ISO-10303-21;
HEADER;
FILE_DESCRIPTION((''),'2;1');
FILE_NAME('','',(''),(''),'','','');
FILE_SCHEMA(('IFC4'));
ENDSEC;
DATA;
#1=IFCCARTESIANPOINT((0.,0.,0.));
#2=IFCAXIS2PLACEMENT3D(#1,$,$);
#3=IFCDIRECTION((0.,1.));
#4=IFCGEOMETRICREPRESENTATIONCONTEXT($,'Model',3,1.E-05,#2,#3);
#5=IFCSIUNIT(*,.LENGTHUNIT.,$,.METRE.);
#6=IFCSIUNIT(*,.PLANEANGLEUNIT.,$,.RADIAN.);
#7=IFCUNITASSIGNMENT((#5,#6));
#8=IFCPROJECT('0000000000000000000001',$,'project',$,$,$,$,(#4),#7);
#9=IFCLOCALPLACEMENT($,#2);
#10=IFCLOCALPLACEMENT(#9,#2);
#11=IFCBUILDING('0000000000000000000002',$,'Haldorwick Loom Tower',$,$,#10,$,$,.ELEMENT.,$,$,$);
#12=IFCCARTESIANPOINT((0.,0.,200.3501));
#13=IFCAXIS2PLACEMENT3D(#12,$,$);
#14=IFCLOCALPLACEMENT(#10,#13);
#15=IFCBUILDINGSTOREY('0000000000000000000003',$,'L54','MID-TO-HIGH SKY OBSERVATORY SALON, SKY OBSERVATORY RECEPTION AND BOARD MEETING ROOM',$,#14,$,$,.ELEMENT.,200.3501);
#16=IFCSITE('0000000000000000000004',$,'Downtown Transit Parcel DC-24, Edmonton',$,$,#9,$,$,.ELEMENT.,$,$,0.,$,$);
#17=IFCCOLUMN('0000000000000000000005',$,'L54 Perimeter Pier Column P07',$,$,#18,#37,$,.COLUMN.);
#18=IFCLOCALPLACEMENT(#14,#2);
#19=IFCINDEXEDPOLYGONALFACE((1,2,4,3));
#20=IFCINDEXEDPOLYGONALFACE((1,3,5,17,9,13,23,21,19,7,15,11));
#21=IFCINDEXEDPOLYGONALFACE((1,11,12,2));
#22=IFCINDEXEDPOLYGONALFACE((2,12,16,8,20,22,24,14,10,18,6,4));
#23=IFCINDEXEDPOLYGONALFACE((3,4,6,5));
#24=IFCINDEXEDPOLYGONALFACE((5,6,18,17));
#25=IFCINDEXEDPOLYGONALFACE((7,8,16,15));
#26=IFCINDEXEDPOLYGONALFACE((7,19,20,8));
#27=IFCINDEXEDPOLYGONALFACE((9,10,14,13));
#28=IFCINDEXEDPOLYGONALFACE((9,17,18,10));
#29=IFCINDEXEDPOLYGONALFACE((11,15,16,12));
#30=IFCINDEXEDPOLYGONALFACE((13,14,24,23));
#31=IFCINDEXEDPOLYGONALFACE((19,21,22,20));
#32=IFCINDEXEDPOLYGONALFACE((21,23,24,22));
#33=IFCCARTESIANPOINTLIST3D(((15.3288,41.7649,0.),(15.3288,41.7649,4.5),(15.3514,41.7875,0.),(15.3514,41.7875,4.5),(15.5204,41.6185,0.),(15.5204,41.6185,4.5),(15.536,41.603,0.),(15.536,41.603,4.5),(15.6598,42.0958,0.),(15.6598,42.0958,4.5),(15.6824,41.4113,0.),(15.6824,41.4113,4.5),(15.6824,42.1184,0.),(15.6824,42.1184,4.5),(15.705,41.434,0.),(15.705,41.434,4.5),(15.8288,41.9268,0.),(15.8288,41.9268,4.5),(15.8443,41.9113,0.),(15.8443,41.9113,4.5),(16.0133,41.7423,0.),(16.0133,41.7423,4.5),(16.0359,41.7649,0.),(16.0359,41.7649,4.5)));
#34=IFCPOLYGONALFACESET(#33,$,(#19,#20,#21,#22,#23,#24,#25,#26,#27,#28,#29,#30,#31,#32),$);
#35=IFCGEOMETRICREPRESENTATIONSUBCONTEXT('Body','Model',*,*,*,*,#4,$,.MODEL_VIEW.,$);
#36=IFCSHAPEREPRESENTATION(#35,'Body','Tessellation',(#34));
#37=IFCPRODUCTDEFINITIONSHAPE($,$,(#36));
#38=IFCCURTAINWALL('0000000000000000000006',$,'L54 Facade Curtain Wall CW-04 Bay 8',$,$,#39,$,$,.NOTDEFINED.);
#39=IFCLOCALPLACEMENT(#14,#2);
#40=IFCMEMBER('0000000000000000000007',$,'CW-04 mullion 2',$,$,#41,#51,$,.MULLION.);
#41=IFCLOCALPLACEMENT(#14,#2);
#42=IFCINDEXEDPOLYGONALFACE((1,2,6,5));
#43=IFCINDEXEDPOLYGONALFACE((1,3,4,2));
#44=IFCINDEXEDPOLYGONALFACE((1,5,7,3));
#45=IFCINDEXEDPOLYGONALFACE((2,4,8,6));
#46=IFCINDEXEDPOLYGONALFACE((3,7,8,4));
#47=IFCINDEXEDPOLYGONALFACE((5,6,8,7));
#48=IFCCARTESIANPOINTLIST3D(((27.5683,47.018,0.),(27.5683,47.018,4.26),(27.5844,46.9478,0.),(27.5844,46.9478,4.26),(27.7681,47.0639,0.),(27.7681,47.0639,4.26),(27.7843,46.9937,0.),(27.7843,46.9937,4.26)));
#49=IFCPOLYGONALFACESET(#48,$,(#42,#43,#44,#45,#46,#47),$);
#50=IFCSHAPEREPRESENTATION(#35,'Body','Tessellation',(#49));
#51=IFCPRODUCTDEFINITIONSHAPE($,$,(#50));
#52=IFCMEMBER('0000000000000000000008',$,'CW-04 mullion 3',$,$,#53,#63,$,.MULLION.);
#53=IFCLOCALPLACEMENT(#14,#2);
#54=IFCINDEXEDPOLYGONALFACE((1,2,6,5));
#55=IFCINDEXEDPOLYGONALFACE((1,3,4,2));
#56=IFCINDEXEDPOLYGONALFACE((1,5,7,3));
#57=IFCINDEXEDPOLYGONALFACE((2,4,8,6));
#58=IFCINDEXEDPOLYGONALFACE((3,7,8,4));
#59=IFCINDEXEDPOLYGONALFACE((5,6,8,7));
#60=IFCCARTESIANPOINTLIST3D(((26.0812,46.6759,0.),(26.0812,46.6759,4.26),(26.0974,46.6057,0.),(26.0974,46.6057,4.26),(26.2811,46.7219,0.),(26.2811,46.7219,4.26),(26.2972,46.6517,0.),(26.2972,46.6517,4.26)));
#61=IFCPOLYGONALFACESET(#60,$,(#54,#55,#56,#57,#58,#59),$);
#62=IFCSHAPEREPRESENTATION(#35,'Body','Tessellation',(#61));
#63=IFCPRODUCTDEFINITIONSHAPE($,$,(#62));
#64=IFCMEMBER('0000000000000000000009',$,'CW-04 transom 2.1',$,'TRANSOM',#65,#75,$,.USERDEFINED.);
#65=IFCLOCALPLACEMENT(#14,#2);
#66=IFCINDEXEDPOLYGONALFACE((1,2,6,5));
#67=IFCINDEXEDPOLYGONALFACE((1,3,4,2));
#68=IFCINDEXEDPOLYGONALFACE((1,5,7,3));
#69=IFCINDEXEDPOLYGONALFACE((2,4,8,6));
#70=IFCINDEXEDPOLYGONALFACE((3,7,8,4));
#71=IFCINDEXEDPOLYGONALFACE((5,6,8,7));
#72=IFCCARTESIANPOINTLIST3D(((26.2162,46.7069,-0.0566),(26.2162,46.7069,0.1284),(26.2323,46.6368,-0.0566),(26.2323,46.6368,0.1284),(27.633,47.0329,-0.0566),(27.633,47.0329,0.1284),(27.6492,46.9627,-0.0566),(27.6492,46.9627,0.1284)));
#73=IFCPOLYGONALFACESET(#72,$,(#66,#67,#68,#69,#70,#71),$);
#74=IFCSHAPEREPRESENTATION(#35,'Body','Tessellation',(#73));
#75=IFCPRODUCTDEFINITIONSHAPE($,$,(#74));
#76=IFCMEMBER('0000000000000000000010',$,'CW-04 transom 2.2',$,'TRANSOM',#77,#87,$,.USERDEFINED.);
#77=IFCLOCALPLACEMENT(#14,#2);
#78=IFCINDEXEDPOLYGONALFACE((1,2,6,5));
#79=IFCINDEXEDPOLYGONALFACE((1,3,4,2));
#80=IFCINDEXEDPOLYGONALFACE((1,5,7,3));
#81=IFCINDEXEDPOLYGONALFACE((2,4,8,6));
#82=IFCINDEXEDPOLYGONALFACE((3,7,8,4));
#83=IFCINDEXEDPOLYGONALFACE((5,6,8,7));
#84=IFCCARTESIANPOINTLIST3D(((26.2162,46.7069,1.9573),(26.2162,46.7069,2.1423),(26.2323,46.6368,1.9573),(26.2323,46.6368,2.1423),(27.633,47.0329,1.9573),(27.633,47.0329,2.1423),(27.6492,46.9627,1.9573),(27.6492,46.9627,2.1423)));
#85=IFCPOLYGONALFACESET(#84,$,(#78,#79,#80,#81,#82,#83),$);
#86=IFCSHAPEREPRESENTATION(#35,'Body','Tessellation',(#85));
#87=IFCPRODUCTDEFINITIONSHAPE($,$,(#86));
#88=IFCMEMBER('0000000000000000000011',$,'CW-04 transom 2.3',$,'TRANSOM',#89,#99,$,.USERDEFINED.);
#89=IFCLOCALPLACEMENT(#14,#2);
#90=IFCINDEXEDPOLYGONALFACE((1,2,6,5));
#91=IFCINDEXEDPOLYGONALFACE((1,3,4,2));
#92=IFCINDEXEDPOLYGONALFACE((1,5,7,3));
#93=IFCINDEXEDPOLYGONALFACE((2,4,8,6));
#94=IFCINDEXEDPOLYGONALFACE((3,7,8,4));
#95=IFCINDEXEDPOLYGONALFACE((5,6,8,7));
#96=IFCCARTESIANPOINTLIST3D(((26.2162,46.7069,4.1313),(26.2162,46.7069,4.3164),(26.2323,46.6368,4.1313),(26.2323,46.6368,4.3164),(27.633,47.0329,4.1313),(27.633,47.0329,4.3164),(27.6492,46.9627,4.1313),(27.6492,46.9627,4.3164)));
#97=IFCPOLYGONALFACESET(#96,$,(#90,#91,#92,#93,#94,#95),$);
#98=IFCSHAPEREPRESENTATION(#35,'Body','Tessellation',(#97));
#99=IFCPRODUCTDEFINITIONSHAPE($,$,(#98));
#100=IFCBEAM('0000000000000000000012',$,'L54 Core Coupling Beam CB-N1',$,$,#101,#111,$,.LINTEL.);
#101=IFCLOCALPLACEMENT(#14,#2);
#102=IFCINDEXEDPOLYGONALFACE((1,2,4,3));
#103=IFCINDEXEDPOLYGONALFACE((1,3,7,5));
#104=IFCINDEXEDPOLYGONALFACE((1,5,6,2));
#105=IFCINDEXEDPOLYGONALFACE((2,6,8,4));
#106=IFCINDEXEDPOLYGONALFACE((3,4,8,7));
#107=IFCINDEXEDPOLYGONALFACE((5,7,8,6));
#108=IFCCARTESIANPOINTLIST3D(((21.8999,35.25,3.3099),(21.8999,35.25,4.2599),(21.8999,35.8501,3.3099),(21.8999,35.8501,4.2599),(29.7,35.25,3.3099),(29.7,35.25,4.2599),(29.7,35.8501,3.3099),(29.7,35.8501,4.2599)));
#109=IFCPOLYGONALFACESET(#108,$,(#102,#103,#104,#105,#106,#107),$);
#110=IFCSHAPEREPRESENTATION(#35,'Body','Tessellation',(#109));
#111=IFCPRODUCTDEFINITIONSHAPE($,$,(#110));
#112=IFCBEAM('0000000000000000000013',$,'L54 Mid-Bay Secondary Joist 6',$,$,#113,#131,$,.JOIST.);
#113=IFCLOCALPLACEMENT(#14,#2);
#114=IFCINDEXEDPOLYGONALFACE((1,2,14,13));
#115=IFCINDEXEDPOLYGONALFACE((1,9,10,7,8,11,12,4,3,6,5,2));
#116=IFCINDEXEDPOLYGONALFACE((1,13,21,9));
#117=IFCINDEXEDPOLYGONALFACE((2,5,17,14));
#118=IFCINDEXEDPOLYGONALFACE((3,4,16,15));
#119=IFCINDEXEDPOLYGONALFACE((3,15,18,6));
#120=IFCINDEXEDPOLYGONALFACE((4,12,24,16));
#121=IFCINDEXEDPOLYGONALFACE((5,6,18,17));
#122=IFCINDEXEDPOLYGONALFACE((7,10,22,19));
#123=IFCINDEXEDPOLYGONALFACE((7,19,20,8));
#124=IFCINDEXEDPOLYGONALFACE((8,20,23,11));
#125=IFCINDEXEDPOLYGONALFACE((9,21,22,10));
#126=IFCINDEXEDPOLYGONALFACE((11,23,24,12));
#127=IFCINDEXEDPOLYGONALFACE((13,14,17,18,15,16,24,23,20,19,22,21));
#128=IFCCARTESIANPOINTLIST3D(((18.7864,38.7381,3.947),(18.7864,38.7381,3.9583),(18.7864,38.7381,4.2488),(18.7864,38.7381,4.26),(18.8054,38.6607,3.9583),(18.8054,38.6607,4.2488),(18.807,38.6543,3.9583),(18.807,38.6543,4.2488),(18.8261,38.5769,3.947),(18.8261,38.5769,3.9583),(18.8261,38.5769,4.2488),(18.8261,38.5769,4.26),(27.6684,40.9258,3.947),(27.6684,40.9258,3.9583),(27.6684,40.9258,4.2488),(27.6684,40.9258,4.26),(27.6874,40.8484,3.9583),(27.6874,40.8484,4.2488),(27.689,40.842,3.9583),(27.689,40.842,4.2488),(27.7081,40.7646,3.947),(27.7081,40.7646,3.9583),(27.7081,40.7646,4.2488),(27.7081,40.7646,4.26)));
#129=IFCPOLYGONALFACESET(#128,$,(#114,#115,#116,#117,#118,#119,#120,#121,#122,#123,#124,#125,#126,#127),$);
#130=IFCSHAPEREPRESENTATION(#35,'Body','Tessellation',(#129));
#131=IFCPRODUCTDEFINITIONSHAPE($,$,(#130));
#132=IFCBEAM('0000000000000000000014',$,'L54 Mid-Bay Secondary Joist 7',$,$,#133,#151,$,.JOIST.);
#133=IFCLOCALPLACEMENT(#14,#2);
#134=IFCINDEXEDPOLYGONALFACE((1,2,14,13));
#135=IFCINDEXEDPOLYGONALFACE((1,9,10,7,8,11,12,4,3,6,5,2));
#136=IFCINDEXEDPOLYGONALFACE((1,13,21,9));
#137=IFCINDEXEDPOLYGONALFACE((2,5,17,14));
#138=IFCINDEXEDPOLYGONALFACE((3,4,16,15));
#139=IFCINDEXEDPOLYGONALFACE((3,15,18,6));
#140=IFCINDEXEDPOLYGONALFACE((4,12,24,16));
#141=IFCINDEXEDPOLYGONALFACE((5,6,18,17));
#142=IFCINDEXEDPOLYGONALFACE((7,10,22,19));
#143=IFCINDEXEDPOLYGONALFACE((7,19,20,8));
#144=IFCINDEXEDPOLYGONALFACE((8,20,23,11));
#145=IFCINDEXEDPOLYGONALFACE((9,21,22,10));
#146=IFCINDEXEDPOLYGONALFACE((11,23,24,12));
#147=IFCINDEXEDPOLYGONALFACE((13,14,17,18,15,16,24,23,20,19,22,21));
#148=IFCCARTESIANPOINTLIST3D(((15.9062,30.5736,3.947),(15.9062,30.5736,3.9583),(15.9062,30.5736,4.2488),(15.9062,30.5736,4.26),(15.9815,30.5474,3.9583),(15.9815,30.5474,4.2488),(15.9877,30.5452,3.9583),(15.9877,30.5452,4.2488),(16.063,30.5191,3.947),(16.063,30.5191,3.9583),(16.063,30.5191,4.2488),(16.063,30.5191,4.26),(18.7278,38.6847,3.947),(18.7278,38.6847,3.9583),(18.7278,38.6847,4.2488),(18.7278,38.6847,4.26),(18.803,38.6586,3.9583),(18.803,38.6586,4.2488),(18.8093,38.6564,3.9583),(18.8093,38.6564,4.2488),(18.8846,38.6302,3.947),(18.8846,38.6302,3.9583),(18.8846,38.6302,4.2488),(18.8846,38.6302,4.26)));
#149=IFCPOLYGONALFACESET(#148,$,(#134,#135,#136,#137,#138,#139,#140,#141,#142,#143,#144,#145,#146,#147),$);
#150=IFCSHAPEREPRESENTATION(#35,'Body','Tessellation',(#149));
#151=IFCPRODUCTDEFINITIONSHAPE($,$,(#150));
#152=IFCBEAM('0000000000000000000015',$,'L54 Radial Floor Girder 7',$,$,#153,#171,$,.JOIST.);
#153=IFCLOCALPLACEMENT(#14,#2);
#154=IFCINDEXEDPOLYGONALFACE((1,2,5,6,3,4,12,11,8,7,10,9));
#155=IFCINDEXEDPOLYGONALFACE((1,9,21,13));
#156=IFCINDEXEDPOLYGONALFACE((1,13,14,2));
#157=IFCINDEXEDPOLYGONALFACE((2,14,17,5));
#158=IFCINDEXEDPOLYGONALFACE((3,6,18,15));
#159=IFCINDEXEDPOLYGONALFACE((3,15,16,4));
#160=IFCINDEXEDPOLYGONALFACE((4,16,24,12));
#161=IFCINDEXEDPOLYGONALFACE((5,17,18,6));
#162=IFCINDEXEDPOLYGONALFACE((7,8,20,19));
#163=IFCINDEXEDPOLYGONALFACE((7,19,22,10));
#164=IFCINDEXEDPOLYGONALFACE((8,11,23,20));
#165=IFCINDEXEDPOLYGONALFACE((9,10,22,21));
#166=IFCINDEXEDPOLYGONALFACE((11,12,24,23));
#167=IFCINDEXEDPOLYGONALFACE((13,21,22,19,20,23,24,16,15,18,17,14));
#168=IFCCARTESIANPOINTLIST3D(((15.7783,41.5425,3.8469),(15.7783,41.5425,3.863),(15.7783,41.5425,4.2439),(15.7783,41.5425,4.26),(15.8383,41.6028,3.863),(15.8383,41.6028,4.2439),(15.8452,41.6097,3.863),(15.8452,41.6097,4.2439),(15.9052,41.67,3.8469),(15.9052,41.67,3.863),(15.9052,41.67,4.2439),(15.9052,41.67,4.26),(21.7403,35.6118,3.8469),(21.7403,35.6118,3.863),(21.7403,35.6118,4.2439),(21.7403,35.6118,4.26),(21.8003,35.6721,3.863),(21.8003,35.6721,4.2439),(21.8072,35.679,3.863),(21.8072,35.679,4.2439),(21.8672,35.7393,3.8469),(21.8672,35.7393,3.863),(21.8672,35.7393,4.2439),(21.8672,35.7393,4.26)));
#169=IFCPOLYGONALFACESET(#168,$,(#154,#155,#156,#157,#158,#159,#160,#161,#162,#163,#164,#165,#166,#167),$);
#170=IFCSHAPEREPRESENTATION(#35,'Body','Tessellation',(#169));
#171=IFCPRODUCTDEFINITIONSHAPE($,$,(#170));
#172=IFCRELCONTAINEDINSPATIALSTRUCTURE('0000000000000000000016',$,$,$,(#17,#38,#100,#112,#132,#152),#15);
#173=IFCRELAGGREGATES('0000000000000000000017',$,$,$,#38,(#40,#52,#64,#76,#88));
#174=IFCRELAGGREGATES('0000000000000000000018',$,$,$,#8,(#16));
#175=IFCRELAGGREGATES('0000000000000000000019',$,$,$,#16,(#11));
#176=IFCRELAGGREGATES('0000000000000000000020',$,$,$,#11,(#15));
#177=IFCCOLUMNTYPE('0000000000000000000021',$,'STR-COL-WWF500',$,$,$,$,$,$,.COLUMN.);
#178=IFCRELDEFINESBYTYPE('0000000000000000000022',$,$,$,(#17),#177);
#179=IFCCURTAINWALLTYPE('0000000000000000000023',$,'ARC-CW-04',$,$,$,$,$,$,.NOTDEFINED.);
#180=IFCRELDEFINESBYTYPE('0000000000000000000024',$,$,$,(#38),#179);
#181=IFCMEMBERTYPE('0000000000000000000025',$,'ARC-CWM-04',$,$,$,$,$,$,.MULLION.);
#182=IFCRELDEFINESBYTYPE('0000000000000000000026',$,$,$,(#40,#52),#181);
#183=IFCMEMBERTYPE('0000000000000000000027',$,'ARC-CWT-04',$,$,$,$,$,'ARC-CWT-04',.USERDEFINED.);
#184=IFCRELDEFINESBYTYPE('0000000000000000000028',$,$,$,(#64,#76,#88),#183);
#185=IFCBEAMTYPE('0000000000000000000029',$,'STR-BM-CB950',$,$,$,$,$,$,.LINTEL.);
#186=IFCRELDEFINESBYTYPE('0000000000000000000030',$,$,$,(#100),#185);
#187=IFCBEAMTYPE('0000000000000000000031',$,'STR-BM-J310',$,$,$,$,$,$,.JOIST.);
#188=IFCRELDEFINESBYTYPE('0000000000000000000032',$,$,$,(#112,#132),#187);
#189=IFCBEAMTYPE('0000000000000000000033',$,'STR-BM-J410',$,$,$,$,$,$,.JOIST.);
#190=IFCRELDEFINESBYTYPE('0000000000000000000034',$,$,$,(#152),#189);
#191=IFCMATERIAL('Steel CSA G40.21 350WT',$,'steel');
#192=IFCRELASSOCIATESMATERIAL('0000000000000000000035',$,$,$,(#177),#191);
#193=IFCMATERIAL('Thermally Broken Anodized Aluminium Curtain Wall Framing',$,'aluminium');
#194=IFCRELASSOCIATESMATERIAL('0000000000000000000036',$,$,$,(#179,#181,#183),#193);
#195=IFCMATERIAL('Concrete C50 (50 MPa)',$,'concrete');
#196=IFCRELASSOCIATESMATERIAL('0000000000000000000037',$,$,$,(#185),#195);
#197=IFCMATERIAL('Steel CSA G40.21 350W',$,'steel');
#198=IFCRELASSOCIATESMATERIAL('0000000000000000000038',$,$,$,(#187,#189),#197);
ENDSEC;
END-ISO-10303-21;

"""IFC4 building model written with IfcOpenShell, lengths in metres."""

from ifc_helpers import new_model, si_unit, direction, frame, origin, origin_2d, place, context, subcontext, project, spatial, rectangle, i_section, extrude, material, material_profile, profile_set, type_object, element, aggregate, save


model = new_model("IFC4")

# Units and contexts
model_context = context("Model", 3, precision=1e-05, world=origin(), true_north=direction((0.0, 1.0)))
body_context = subcontext(model_context, "Body", "Model", "MODEL_VIEW")
ifc_project = project(units=[si_unit("LENGTHUNIT", "METRE"), si_unit("PLANEANGLEUNIT", "RADIAN")], contexts=[model_context])

# Site, building, storey
site_placement = place(None, origin())
site = spatial("IfcSite", under=ifc_project, at=site_placement, Name="Downtown Transit Parcel DC-24, Edmonton", CompositionType="ELEMENT", RefElevation=0.0)
building_placement = place(site_placement, origin())
building = spatial("IfcBuilding", under=site, at=building_placement, Name="Haldorwick Loom Tower", CompositionType="ELEMENT")
storey_placement = place(building_placement, frame((0.0, 0.0, 200.3501)))
storey = spatial("IfcBuildingStorey", under=building, at=storey_placement, Name="L54", Description="MID-TO-HIGH SKY OBSERVATORY SALON, SKY OBSERVATORY RECEPTION AND BOARD MEETING ROOM", CompositionType="ELEMENT", Elevation=200.3501)

# Column
ifc_material_1 = material(Name="Steel CSA G40.21 350W", Category="steel")
ifc_material_2 = material(Name="Steel CSA G40.21 350WT", Category="steel")
ifc_material_profile_1 = material_profile(ifc_material_2, i_section(OverallWidth=0.5, OverallDepth=0.5, WebThickness=0.022, FlangeThickness=0.032, at=origin_2d()), Name="WWF500X500", Category="steel")
ifc_profile_set_1 = profile_set([ifc_material_profile_1], Name="Steel CSA G40.21 350WT")
column_type_1 = type_object("IfcColumnType", Name="STR-COL-WWF500", PredefinedType="COLUMN", material=ifc_profile_set_1)
column_placement = place(storey_placement, frame((15.6824, 41.7649, 0.0), z_axis=(0.0, 0.0, 1.0), x_axis=(-0.707107, 0.707107, 0.0)))
element("IfcColumn", 1, at=column_placement, inside=storey, type_object=column_type_1, Name="L54 Perimeter Pier Column P07", PredefinedType="COLUMN", context=body_context, shape_type="SweptSolid", body=[
    extrude(i_section(OverallWidth=0.5, OverallDepth=0.5, WebThickness=0.022, FlangeThickness=0.032, at=origin_2d()), origin(), (0.0, 0.0, 1.0), 4.5),
])

# Curtain wall, members
ifc_material_3 = material(Name="Thermally Broken Anodized Aluminium Curtain Wall Framing", Category="aluminium")
curtain_wall_type = type_object("IfcCurtainWallType", Name="ARC-CW-04", PredefinedType="NOTDEFINED", material=ifc_material_3)
curtain_wall_placement = place(storey_placement, origin())
curtain_wall = element("IfcCurtainWall", 2, at=curtain_wall_placement, inside=storey, type_object=curtain_wall_type, Name="L54 Facade Curtain Wall CW-04 Bay 8", PredefinedType="NOTDEFINED")
ifc_material_profile_2 = material_profile(ifc_material_3, rectangle(XDim=0.072, YDim=0.2051, at=origin_2d()), Name="ALU_MUL_72X205", Category="aluminium")
ifc_profile_set_2 = profile_set([ifc_material_profile_2], Name="Thermally Broken Anodized Aluminium Curtain Wall Framing")
member_type_1 = type_object("IfcMemberType", Name="ARC-CWM-04", PredefinedType="MULLION", material=ifc_profile_set_2)
member_1_placement = place(storey_placement, frame((27.6763, 47.0059, 0.0), z_axis=(0.0, 0.0, 1.0), x_axis=(0.224142, -0.974557, 0.0)))
member_1 = element("IfcMember", 3, at=member_1_placement, type_object=member_type_1, Name="CW-04 mullion 2", PredefinedType="MULLION", context=body_context, shape_type="SweptSolid", body=[
    extrude(rectangle(XDim=0.072, YDim=0.2051, at=origin_2d()), origin(), (0.0, 0.0, 1.0), 4.26),
])
member_2_placement = place(storey_placement, frame((26.1892, 46.6638, 0.0), z_axis=(0.0, 0.0, 1.0), x_axis=(0.224142, -0.974557, 0.0)))
member_2 = element("IfcMember", 4, at=member_2_placement, type_object=member_type_1, Name="CW-04 mullion 3", PredefinedType="MULLION", context=body_context, shape_type="SweptSolid", body=[
    extrude(rectangle(XDim=0.072, YDim=0.2051, at=origin_2d()), origin(), (0.0, 0.0, 1.0), 4.26),
])
ifc_material_profile_3 = material_profile(ifc_material_3, rectangle(XDim=0.072, YDim=0.1851, at=origin_2d()), Name="ALU_TRN_72X185", Category="aluminium")
ifc_profile_set_3 = profile_set([ifc_material_profile_3], Name="Thermally Broken Anodized Aluminium Curtain Wall Framing")
member_type_2 = type_object("IfcMemberType", Name="ARC-CWT-04", ElementType="ARC-CWT-04", PredefinedType="USERDEFINED", material=ifc_profile_set_3)
member_3_placement = place(storey_placement, frame((27.6411, 46.9978, 0.0359), z_axis=(-0.974544, -0.224197, 0.0), x_axis=(0.224197, -0.974544, 0.0)))
member_3 = element("IfcMember", 5, at=member_3_placement, type_object=member_type_2, Name="CW-04 transom 2.1", ObjectType="TRANSOM", PredefinedType="USERDEFINED", context=body_context, shape_type="SweptSolid", body=[
    extrude(rectangle(XDim=0.072, YDim=0.1851, at=origin_2d()), origin(), (0.0, 0.0, 1.0), 1.4539),
])
member_4_placement = place(storey_placement, frame((27.6411, 46.9978, 2.0498), z_axis=(-0.974544, -0.224197, 0.0), x_axis=(0.224197, -0.974544, 0.0)))
member_4 = element("IfcMember", 6, at=member_4_placement, type_object=member_type_2, Name="CW-04 transom 2.2", ObjectType="TRANSOM", PredefinedType="USERDEFINED", context=body_context, shape_type="SweptSolid", body=[
    extrude(rectangle(XDim=0.072, YDim=0.1851, at=origin_2d()), origin(), (0.0, 0.0, 1.0), 1.4539),
])
member_5_placement = place(storey_placement, frame((27.6411, 46.9978, 4.2239), z_axis=(-0.974544, -0.224197, 0.0), x_axis=(0.224197, -0.974544, 0.0)))
member_5 = element("IfcMember", 7, at=member_5_placement, type_object=member_type_2, Name="CW-04 transom 2.3", ObjectType="TRANSOM", PredefinedType="USERDEFINED", context=body_context, shape_type="SweptSolid", body=[
    extrude(rectangle(XDim=0.072, YDim=0.1851, at=origin_2d()), origin(), (0.0, 0.0, 1.0), 1.4539),
])

# Beams
ifc_material_4 = material(Name="Concrete C50 (50 MPa)", Category="concrete")
ifc_material_profile_4 = material_profile(ifc_material_4, rectangle(XDim=0.6001, YDim=0.95, at=origin_2d()), Name="RC600X950", Category="concrete")
ifc_profile_set_4 = profile_set([ifc_material_profile_4], Name="Concrete C50 (50 MPa)")
beam_type_1 = type_object("IfcBeamType", Name="STR-BM-CB950", PredefinedType="LINTEL", material=ifc_profile_set_4)
beam_1_placement = place(storey_placement, frame((21.8999, 35.55, 3.7849), z_axis=(1.0, 0.0, 0.0), x_axis=(0.0, 1.0, 0.0)))
element("IfcBeam", 8, at=beam_1_placement, inside=storey, type_object=beam_type_1, Name="L54 Core Coupling Beam CB-N1", PredefinedType="LINTEL", context=body_context, shape_type="SweptSolid", body=[
    extrude(rectangle(XDim=0.6001, YDim=0.95, at=origin_2d()), origin(), (0.0, 0.0, 1.0), 7.8),
])
ifc_material_profile_5 = material_profile(ifc_material_1, i_section(OverallWidth=0.166, OverallDepth=0.313, WebThickness=0.0066, FlangeThickness=0.0112, at=origin_2d()), Name="W310X45", Category="steel")
ifc_profile_set_5 = profile_set([ifc_material_profile_5], Name="Steel CSA G40.21 350W")
beam_type_2 = type_object("IfcBeamType", Name="STR-BM-J310", PredefinedType="JOIST", material=ifc_profile_set_5)
beam_2_placement = place(storey_placement, frame((27.6882, 40.8452, 4.1035), z_axis=(-0.97098, -0.239162, 0.0), x_axis=(0.239162, -0.97098, 0.0)))
element("IfcBeam", 9, at=beam_2_placement, inside=storey, type_object=beam_type_2, Name="L54 Mid-Bay Secondary Joist 6", PredefinedType="JOIST", context=body_context, shape_type="SweptSolid", body=[
    extrude(i_section(OverallWidth=0.166, OverallDepth=0.313, WebThickness=0.0066, FlangeThickness=0.0112, at=origin_2d()), origin(), (0.0, 0.0, 1.0), 9.1475),
])
beam_3_placement = place(storey_placement, frame((18.8062, 38.6575, 4.1035), z_axis=(-0.32855, -0.944486, 0.0), x_axis=(0.944486, -0.32855, 0.0)))
element("IfcBeam", 10, at=beam_3_placement, inside=storey, type_object=beam_type_2, Name="L54 Mid-Bay Secondary Joist 7", PredefinedType="JOIST", context=body_context, shape_type="SweptSolid", body=[
    extrude(i_section(OverallWidth=0.166, OverallDepth=0.313, WebThickness=0.0066, FlangeThickness=0.0112, at=origin_2d()), origin(), (0.0, 0.0, 1.0), 8.5879),
])
ifc_material_profile_6 = material_profile(ifc_material_1, i_section(OverallWidth=0.1799, OverallDepth=0.4131, WebThickness=0.0098, FlangeThickness=0.0161, at=origin_2d()), Name="W410X74", Category="steel")
ifc_profile_set_6 = profile_set([ifc_material_profile_6], Name="Steel CSA G40.21 350W")
beam_type_3 = type_object("IfcBeamType", Name="STR-BM-J410", PredefinedType="JOIST", material=ifc_profile_set_6)
beam_4_placement = place(storey_placement, frame((21.8037, 35.6755, 4.0535), z_axis=(-0.708962, 0.705246, 0.0), x_axis=(-0.705246, -0.708962, 0.0)))
element("IfcBeam", 11, at=beam_4_placement, inside=storey, type_object=beam_type_3, Name="L54 Radial Floor Girder 7", PredefinedType="JOIST", context=body_context, shape_type="SweptSolid", body=[
    extrude(i_section(OverallWidth=0.1799, OverallDepth=0.4131, WebThickness=0.0098, FlangeThickness=0.0161, at=origin_2d()), origin(), (0.0, 0.0, 1.0), 8.4094),
])

aggregate(curtain_wall, [member_1, member_2, member_3, member_4, member_5])

save(model, "model.ifc")
